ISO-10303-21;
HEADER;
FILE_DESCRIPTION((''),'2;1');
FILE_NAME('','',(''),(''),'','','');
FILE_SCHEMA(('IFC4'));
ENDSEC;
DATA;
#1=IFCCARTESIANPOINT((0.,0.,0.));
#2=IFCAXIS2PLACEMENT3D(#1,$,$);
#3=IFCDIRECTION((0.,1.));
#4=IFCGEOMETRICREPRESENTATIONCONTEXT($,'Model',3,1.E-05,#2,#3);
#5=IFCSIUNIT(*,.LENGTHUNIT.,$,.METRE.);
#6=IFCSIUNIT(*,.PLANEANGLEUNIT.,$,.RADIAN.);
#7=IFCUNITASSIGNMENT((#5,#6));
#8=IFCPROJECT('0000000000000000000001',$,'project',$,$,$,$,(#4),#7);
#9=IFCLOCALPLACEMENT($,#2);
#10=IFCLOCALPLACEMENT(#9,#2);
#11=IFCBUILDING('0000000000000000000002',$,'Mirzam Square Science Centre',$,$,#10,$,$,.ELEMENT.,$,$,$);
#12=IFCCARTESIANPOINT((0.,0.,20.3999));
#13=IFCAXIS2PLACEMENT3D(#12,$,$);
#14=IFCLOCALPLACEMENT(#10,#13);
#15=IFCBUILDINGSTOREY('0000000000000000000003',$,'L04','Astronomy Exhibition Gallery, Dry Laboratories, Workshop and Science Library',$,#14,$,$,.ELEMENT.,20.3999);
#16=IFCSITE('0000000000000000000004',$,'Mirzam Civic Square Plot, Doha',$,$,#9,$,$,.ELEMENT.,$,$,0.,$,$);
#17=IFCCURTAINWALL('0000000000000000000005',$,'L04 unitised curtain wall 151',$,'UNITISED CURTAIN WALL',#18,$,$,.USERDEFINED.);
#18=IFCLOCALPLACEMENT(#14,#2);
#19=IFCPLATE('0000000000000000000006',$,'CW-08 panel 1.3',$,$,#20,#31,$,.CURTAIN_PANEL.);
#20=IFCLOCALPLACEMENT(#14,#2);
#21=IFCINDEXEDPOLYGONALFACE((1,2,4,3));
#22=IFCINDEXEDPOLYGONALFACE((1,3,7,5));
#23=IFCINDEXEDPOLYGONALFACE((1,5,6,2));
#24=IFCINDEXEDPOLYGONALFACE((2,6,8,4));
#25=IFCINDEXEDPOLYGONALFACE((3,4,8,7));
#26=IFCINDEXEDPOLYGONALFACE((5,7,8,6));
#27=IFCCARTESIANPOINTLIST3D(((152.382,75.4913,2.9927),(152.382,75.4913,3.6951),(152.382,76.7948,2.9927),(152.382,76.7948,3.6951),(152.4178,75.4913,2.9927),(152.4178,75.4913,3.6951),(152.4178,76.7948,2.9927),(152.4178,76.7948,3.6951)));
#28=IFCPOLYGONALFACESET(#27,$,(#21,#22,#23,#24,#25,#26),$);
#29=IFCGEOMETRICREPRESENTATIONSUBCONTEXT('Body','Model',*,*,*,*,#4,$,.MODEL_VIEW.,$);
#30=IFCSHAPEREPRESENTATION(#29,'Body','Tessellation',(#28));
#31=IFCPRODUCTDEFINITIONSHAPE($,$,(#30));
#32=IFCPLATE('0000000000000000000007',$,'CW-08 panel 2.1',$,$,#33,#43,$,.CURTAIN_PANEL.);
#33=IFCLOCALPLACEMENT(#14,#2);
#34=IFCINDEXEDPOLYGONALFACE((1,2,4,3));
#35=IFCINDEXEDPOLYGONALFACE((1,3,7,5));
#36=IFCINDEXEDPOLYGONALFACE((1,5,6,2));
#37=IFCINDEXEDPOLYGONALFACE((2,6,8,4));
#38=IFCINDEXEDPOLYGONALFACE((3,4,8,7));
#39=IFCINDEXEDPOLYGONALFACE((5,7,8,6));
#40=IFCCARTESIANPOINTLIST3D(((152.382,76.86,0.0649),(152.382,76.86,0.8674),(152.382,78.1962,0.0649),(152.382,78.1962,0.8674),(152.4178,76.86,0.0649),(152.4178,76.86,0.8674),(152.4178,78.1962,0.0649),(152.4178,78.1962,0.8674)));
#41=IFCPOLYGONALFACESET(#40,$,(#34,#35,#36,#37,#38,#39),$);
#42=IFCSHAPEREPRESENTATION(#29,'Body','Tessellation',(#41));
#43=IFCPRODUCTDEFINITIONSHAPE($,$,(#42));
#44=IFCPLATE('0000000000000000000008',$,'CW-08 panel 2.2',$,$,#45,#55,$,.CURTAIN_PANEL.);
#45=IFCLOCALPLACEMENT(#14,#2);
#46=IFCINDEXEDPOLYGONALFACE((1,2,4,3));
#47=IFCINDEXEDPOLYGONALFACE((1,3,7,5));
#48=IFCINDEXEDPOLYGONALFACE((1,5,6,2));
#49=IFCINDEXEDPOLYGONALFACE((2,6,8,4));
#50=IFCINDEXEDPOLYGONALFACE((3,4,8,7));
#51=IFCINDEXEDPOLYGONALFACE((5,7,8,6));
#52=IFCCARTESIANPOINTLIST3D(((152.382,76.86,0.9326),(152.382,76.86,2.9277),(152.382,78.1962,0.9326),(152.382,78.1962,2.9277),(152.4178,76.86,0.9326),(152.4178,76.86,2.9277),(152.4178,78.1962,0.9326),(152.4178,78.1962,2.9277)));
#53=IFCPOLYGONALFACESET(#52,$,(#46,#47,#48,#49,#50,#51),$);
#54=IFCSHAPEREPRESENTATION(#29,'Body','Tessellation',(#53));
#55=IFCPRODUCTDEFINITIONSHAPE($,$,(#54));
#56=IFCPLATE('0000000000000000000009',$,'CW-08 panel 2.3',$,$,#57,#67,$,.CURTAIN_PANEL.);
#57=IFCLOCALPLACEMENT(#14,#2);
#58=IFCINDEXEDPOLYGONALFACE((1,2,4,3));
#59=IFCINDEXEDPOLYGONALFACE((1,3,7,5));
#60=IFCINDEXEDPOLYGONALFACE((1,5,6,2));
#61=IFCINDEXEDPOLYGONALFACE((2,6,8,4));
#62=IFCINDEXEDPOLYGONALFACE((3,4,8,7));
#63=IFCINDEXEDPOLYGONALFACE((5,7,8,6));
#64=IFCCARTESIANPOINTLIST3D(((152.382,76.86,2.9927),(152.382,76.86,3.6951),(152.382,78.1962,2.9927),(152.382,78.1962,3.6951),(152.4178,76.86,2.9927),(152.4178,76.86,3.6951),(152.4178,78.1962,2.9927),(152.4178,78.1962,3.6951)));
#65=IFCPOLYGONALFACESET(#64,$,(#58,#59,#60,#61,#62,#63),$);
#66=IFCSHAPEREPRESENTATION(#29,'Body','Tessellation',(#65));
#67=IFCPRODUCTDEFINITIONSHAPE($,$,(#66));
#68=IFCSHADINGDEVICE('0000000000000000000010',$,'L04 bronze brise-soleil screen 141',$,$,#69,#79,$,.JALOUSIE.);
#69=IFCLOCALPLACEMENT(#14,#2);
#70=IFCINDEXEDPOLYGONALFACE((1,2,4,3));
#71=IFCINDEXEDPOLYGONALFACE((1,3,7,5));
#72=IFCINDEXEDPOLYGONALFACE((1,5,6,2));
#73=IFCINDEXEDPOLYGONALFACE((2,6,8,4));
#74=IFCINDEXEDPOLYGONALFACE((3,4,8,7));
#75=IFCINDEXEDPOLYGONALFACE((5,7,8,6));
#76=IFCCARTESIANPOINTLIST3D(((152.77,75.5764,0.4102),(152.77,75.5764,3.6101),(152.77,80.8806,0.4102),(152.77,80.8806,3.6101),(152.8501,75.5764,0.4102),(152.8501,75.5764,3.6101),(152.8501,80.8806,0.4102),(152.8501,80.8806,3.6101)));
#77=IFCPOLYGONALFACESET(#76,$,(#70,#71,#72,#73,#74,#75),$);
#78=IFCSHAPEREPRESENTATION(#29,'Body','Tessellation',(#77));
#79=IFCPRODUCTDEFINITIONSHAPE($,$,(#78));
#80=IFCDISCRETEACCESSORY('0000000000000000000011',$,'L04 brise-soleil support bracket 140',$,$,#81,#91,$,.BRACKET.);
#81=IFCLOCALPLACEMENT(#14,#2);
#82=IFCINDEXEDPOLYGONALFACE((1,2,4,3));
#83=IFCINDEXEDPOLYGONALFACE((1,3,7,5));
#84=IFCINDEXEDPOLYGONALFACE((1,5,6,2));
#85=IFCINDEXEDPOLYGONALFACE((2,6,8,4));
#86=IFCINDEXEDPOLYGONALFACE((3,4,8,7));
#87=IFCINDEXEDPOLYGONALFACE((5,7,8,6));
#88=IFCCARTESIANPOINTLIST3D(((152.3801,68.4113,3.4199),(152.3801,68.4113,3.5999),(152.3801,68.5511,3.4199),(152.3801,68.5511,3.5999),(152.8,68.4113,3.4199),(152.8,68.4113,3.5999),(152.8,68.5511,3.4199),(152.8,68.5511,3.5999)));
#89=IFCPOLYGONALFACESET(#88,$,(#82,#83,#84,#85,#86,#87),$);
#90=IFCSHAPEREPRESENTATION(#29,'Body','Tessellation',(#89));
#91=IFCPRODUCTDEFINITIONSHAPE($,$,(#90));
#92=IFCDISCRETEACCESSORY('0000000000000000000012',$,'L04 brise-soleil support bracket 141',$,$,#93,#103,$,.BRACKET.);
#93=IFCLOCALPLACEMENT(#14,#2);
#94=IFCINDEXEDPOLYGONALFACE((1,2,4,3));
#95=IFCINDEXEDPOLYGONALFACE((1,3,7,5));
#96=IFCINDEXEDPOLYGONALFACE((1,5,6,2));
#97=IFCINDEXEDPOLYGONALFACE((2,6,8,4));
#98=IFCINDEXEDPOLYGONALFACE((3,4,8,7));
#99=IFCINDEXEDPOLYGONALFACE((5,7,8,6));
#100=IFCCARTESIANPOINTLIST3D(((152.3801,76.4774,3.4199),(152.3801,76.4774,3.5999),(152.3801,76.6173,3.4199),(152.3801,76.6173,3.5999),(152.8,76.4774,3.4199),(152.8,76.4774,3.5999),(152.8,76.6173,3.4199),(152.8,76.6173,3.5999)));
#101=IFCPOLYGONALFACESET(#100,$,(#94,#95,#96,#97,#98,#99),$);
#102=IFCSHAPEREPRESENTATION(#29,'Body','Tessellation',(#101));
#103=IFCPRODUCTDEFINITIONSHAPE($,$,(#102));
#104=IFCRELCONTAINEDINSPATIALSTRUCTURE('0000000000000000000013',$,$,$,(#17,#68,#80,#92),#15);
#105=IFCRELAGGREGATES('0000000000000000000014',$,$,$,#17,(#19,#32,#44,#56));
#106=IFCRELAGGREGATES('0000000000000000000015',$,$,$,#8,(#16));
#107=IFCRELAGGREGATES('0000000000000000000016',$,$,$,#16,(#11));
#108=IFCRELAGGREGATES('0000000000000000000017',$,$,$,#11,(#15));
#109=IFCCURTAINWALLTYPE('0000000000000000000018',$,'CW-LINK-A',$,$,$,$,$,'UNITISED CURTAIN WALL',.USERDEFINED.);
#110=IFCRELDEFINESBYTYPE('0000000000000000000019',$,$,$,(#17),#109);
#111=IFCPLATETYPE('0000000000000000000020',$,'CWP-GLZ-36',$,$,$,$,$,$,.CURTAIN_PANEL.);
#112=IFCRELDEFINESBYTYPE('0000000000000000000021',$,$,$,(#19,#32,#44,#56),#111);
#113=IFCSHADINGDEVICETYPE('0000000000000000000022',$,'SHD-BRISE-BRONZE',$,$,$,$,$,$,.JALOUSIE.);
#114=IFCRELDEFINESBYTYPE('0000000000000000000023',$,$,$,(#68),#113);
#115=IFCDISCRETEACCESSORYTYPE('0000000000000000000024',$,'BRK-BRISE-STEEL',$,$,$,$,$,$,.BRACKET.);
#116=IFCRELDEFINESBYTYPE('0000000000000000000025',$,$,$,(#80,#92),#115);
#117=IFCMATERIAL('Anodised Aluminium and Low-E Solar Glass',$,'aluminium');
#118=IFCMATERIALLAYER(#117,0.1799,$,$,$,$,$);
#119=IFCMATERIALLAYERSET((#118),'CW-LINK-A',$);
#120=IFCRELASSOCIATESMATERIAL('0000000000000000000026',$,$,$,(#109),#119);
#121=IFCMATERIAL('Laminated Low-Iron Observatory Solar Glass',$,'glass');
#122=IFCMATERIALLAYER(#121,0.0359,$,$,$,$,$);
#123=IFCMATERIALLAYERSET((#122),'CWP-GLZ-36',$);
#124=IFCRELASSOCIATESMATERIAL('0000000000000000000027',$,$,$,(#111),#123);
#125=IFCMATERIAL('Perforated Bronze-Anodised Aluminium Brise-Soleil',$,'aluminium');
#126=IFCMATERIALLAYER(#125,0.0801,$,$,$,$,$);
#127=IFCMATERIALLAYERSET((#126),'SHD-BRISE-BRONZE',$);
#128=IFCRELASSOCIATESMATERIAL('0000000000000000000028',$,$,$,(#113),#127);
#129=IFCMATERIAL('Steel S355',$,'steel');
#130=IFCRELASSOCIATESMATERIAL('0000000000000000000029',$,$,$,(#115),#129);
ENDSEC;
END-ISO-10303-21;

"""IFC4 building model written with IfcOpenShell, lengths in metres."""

from ifc_helpers import new_model, si_unit, direction, frame, origin, origin_2d, place, context, subcontext, project, spatial, rectangle, extrude, material, layer, layer_set, type_object, element, aggregate, save


model = new_model("IFC4")

# Units and contexts
model_context = context("Model", 3, precision=1e-05, world=origin(), true_north=direction((0.0, 1.0)))
body_context = subcontext(model_context, "Body", "Model", "MODEL_VIEW")
ifc_project = project(units=[si_unit("LENGTHUNIT", "METRE"), si_unit("PLANEANGLEUNIT", "RADIAN")], contexts=[model_context])

# Site, building, storey
site_placement = place(None, origin())
site = spatial("IfcSite", under=ifc_project, at=site_placement, Name="Mirzam Civic Square Plot, Doha", CompositionType="ELEMENT", RefElevation=0.0)
building_placement = place(site_placement, origin())
building = spatial("IfcBuilding", under=site, at=building_placement, Name="Mirzam Square Science Centre", CompositionType="ELEMENT")
storey_placement = place(building_placement, frame((0.0, 0.0, 20.3999)))
storey = spatial("IfcBuildingStorey", under=building, at=storey_placement, Name="L04", Description="Astronomy Exhibition Gallery, Dry Laboratories, Workshop and Science Library", CompositionType="ELEMENT", Elevation=20.3999)

# Shared definitions
ifc_material_1 = material(Name="Steel S355", Category="steel")

# Curtain wall
ifc_material_2 = material(Name="Anodised Aluminium and Low-E Solar Glass", Category="aluminium")
ifc_layer_1 = layer(ifc_material_2, 0.1799)
ifc_layer_set_1 = layer_set([ifc_layer_1], Name="CW-LINK-A")
curtain_wall_type = type_object("IfcCurtainWallType", Name="CW-LINK-A", ElementType="UNITISED CURTAIN WALL", PredefinedType="USERDEFINED", material=ifc_layer_set_1)
curtain_wall_placement = place(storey_placement, origin())
curtain_wall = element("IfcCurtainWall", 1, at=curtain_wall_placement, inside=storey, type_object=curtain_wall_type, Name="L04 unitised curtain wall 151", ObjectType="UNITISED CURTAIN WALL", PredefinedType="USERDEFINED")

# Plates
ifc_material_3 = material(Name="Laminated Low-Iron Observatory Solar Glass", Category="glass")
ifc_layer_2 = layer(ifc_material_3, 0.0359)
ifc_layer_set_2 = layer_set([ifc_layer_2], Name="CWP-GLZ-36")
plate_type = type_object("IfcPlateType", Name="CWP-GLZ-36", PredefinedType="CURTAIN_PANEL", material=ifc_layer_set_2)
plate_1_placement = place(storey_placement, frame((152.3999, 76.1431, 2.9927), z_axis=(0.0, 0.0, 1.0), x_axis=(0.0, 1.0, 0.0)))
plate_1 = element("IfcPlate", 2, at=plate_1_placement, type_object=plate_type, Name="CW-08 panel 1.3", PredefinedType="CURTAIN_PANEL", context=body_context, shape_type="SweptSolid", body=[
    extrude(rectangle(XDim=1.3035, YDim=0.0359, at=origin_2d()), origin(), (0.0, 0.0, 1.0), 0.7024),
])
plate_2_placement = place(storey_placement, frame((152.3999, 77.5281, 0.0649), z_axis=(0.0, 0.0, 1.0), x_axis=(0.0, 1.0, 0.0)))
plate_2 = element("IfcPlate", 3, at=plate_2_placement, type_object=plate_type, Name="CW-08 panel 2.1", PredefinedType="CURTAIN_PANEL", context=body_context, shape_type="SweptSolid", body=[
    extrude(rectangle(XDim=1.3362, YDim=0.0359, at=origin_2d()), origin(), (0.0, 0.0, 1.0), 0.8025),
])
plate_3_placement = place(storey_placement, frame((152.3999, 77.5281, 0.9326), z_axis=(0.0, 0.0, 1.0), x_axis=(0.0, 1.0, 0.0)))
plate_3 = element("IfcPlate", 4, at=plate_3_placement, type_object=plate_type, Name="CW-08 panel 2.2", PredefinedType="CURTAIN_PANEL", context=body_context, shape_type="SweptSolid", body=[
    extrude(rectangle(XDim=1.3362, YDim=0.0359, at=origin_2d()), origin(), (0.0, 0.0, 1.0), 1.9951),
])
plate_4_placement = place(storey_placement, frame((152.3999, 77.5281, 2.9927), z_axis=(0.0, 0.0, 1.0), x_axis=(0.0, 1.0, 0.0)))
plate_4 = element("IfcPlate", 5, at=plate_4_placement, type_object=plate_type, Name="CW-08 panel 2.3", PredefinedType="CURTAIN_PANEL", context=body_context, shape_type="SweptSolid", body=[
    extrude(rectangle(XDim=1.3362, YDim=0.0359, at=origin_2d()), origin(), (0.0, 0.0, 1.0), 0.7024),
])
aggregate(curtain_wall, [plate_1, plate_2, plate_3, plate_4])

# Shading device
ifc_material_4 = material(Name="Perforated Bronze-Anodised Aluminium Brise-Soleil", Category="aluminium")
ifc_layer_3 = layer(ifc_material_4, 0.0801)
ifc_layer_set_3 = layer_set([ifc_layer_3], Name="SHD-BRISE-BRONZE")
shading_device_type = type_object("IfcShadingDeviceType", Name="SHD-BRISE-BRONZE", PredefinedType="JALOUSIE", material=ifc_layer_set_3)
shading_device_placement = place(storey_placement, frame((152.8101, 78.2285, 0.4102), z_axis=(0.0, 0.0, 1.0), x_axis=(0.0, 1.0, 0.0)))
element("IfcShadingDevice", 6, at=shading_device_placement, inside=storey, type_object=shading_device_type, Name="L04 bronze brise-soleil screen 141", PredefinedType="JALOUSIE", context=body_context, shape_type="SweptSolid", body=[
    extrude(rectangle(XDim=5.3042, YDim=0.0801, at=origin_2d()), origin(), (0.0, 0.0, 1.0), 3.2),
])

# Discrete accessories
discrete_accessory_type = type_object("IfcDiscreteAccessoryType", Name="BRK-BRISE-STEEL", PredefinedType="BRACKET", material=ifc_material_1)
for number, where, z_axis, x_axis, name in (
    (7, (152.5901, 68.4812, 3.4199), (0.0, 0.0, 1.0), (0.0, 1.0, 0.0), "L04 brise-soleil support bracket 140"),
    (8, (152.5901, 76.5474, 3.4199), (0.0, 0.0, 1.0), (0.0, 1.0, 0.0), "L04 brise-soleil support bracket 141"),
):
    element("IfcDiscreteAccessory", number, at=place(storey_placement, frame(where, z_axis=z_axis, x_axis=x_axis)), inside=storey, type_object=discrete_accessory_type, Name=name, PredefinedType="BRACKET", context=body_context, shape_type="SweptSolid", body=[
        extrude(rectangle(XDim=0.1399, YDim=0.4199, at=origin_2d()), origin(), (0.0, 0.0, 1.0), 0.1799),
    ])

save(model, "model.ifc")
